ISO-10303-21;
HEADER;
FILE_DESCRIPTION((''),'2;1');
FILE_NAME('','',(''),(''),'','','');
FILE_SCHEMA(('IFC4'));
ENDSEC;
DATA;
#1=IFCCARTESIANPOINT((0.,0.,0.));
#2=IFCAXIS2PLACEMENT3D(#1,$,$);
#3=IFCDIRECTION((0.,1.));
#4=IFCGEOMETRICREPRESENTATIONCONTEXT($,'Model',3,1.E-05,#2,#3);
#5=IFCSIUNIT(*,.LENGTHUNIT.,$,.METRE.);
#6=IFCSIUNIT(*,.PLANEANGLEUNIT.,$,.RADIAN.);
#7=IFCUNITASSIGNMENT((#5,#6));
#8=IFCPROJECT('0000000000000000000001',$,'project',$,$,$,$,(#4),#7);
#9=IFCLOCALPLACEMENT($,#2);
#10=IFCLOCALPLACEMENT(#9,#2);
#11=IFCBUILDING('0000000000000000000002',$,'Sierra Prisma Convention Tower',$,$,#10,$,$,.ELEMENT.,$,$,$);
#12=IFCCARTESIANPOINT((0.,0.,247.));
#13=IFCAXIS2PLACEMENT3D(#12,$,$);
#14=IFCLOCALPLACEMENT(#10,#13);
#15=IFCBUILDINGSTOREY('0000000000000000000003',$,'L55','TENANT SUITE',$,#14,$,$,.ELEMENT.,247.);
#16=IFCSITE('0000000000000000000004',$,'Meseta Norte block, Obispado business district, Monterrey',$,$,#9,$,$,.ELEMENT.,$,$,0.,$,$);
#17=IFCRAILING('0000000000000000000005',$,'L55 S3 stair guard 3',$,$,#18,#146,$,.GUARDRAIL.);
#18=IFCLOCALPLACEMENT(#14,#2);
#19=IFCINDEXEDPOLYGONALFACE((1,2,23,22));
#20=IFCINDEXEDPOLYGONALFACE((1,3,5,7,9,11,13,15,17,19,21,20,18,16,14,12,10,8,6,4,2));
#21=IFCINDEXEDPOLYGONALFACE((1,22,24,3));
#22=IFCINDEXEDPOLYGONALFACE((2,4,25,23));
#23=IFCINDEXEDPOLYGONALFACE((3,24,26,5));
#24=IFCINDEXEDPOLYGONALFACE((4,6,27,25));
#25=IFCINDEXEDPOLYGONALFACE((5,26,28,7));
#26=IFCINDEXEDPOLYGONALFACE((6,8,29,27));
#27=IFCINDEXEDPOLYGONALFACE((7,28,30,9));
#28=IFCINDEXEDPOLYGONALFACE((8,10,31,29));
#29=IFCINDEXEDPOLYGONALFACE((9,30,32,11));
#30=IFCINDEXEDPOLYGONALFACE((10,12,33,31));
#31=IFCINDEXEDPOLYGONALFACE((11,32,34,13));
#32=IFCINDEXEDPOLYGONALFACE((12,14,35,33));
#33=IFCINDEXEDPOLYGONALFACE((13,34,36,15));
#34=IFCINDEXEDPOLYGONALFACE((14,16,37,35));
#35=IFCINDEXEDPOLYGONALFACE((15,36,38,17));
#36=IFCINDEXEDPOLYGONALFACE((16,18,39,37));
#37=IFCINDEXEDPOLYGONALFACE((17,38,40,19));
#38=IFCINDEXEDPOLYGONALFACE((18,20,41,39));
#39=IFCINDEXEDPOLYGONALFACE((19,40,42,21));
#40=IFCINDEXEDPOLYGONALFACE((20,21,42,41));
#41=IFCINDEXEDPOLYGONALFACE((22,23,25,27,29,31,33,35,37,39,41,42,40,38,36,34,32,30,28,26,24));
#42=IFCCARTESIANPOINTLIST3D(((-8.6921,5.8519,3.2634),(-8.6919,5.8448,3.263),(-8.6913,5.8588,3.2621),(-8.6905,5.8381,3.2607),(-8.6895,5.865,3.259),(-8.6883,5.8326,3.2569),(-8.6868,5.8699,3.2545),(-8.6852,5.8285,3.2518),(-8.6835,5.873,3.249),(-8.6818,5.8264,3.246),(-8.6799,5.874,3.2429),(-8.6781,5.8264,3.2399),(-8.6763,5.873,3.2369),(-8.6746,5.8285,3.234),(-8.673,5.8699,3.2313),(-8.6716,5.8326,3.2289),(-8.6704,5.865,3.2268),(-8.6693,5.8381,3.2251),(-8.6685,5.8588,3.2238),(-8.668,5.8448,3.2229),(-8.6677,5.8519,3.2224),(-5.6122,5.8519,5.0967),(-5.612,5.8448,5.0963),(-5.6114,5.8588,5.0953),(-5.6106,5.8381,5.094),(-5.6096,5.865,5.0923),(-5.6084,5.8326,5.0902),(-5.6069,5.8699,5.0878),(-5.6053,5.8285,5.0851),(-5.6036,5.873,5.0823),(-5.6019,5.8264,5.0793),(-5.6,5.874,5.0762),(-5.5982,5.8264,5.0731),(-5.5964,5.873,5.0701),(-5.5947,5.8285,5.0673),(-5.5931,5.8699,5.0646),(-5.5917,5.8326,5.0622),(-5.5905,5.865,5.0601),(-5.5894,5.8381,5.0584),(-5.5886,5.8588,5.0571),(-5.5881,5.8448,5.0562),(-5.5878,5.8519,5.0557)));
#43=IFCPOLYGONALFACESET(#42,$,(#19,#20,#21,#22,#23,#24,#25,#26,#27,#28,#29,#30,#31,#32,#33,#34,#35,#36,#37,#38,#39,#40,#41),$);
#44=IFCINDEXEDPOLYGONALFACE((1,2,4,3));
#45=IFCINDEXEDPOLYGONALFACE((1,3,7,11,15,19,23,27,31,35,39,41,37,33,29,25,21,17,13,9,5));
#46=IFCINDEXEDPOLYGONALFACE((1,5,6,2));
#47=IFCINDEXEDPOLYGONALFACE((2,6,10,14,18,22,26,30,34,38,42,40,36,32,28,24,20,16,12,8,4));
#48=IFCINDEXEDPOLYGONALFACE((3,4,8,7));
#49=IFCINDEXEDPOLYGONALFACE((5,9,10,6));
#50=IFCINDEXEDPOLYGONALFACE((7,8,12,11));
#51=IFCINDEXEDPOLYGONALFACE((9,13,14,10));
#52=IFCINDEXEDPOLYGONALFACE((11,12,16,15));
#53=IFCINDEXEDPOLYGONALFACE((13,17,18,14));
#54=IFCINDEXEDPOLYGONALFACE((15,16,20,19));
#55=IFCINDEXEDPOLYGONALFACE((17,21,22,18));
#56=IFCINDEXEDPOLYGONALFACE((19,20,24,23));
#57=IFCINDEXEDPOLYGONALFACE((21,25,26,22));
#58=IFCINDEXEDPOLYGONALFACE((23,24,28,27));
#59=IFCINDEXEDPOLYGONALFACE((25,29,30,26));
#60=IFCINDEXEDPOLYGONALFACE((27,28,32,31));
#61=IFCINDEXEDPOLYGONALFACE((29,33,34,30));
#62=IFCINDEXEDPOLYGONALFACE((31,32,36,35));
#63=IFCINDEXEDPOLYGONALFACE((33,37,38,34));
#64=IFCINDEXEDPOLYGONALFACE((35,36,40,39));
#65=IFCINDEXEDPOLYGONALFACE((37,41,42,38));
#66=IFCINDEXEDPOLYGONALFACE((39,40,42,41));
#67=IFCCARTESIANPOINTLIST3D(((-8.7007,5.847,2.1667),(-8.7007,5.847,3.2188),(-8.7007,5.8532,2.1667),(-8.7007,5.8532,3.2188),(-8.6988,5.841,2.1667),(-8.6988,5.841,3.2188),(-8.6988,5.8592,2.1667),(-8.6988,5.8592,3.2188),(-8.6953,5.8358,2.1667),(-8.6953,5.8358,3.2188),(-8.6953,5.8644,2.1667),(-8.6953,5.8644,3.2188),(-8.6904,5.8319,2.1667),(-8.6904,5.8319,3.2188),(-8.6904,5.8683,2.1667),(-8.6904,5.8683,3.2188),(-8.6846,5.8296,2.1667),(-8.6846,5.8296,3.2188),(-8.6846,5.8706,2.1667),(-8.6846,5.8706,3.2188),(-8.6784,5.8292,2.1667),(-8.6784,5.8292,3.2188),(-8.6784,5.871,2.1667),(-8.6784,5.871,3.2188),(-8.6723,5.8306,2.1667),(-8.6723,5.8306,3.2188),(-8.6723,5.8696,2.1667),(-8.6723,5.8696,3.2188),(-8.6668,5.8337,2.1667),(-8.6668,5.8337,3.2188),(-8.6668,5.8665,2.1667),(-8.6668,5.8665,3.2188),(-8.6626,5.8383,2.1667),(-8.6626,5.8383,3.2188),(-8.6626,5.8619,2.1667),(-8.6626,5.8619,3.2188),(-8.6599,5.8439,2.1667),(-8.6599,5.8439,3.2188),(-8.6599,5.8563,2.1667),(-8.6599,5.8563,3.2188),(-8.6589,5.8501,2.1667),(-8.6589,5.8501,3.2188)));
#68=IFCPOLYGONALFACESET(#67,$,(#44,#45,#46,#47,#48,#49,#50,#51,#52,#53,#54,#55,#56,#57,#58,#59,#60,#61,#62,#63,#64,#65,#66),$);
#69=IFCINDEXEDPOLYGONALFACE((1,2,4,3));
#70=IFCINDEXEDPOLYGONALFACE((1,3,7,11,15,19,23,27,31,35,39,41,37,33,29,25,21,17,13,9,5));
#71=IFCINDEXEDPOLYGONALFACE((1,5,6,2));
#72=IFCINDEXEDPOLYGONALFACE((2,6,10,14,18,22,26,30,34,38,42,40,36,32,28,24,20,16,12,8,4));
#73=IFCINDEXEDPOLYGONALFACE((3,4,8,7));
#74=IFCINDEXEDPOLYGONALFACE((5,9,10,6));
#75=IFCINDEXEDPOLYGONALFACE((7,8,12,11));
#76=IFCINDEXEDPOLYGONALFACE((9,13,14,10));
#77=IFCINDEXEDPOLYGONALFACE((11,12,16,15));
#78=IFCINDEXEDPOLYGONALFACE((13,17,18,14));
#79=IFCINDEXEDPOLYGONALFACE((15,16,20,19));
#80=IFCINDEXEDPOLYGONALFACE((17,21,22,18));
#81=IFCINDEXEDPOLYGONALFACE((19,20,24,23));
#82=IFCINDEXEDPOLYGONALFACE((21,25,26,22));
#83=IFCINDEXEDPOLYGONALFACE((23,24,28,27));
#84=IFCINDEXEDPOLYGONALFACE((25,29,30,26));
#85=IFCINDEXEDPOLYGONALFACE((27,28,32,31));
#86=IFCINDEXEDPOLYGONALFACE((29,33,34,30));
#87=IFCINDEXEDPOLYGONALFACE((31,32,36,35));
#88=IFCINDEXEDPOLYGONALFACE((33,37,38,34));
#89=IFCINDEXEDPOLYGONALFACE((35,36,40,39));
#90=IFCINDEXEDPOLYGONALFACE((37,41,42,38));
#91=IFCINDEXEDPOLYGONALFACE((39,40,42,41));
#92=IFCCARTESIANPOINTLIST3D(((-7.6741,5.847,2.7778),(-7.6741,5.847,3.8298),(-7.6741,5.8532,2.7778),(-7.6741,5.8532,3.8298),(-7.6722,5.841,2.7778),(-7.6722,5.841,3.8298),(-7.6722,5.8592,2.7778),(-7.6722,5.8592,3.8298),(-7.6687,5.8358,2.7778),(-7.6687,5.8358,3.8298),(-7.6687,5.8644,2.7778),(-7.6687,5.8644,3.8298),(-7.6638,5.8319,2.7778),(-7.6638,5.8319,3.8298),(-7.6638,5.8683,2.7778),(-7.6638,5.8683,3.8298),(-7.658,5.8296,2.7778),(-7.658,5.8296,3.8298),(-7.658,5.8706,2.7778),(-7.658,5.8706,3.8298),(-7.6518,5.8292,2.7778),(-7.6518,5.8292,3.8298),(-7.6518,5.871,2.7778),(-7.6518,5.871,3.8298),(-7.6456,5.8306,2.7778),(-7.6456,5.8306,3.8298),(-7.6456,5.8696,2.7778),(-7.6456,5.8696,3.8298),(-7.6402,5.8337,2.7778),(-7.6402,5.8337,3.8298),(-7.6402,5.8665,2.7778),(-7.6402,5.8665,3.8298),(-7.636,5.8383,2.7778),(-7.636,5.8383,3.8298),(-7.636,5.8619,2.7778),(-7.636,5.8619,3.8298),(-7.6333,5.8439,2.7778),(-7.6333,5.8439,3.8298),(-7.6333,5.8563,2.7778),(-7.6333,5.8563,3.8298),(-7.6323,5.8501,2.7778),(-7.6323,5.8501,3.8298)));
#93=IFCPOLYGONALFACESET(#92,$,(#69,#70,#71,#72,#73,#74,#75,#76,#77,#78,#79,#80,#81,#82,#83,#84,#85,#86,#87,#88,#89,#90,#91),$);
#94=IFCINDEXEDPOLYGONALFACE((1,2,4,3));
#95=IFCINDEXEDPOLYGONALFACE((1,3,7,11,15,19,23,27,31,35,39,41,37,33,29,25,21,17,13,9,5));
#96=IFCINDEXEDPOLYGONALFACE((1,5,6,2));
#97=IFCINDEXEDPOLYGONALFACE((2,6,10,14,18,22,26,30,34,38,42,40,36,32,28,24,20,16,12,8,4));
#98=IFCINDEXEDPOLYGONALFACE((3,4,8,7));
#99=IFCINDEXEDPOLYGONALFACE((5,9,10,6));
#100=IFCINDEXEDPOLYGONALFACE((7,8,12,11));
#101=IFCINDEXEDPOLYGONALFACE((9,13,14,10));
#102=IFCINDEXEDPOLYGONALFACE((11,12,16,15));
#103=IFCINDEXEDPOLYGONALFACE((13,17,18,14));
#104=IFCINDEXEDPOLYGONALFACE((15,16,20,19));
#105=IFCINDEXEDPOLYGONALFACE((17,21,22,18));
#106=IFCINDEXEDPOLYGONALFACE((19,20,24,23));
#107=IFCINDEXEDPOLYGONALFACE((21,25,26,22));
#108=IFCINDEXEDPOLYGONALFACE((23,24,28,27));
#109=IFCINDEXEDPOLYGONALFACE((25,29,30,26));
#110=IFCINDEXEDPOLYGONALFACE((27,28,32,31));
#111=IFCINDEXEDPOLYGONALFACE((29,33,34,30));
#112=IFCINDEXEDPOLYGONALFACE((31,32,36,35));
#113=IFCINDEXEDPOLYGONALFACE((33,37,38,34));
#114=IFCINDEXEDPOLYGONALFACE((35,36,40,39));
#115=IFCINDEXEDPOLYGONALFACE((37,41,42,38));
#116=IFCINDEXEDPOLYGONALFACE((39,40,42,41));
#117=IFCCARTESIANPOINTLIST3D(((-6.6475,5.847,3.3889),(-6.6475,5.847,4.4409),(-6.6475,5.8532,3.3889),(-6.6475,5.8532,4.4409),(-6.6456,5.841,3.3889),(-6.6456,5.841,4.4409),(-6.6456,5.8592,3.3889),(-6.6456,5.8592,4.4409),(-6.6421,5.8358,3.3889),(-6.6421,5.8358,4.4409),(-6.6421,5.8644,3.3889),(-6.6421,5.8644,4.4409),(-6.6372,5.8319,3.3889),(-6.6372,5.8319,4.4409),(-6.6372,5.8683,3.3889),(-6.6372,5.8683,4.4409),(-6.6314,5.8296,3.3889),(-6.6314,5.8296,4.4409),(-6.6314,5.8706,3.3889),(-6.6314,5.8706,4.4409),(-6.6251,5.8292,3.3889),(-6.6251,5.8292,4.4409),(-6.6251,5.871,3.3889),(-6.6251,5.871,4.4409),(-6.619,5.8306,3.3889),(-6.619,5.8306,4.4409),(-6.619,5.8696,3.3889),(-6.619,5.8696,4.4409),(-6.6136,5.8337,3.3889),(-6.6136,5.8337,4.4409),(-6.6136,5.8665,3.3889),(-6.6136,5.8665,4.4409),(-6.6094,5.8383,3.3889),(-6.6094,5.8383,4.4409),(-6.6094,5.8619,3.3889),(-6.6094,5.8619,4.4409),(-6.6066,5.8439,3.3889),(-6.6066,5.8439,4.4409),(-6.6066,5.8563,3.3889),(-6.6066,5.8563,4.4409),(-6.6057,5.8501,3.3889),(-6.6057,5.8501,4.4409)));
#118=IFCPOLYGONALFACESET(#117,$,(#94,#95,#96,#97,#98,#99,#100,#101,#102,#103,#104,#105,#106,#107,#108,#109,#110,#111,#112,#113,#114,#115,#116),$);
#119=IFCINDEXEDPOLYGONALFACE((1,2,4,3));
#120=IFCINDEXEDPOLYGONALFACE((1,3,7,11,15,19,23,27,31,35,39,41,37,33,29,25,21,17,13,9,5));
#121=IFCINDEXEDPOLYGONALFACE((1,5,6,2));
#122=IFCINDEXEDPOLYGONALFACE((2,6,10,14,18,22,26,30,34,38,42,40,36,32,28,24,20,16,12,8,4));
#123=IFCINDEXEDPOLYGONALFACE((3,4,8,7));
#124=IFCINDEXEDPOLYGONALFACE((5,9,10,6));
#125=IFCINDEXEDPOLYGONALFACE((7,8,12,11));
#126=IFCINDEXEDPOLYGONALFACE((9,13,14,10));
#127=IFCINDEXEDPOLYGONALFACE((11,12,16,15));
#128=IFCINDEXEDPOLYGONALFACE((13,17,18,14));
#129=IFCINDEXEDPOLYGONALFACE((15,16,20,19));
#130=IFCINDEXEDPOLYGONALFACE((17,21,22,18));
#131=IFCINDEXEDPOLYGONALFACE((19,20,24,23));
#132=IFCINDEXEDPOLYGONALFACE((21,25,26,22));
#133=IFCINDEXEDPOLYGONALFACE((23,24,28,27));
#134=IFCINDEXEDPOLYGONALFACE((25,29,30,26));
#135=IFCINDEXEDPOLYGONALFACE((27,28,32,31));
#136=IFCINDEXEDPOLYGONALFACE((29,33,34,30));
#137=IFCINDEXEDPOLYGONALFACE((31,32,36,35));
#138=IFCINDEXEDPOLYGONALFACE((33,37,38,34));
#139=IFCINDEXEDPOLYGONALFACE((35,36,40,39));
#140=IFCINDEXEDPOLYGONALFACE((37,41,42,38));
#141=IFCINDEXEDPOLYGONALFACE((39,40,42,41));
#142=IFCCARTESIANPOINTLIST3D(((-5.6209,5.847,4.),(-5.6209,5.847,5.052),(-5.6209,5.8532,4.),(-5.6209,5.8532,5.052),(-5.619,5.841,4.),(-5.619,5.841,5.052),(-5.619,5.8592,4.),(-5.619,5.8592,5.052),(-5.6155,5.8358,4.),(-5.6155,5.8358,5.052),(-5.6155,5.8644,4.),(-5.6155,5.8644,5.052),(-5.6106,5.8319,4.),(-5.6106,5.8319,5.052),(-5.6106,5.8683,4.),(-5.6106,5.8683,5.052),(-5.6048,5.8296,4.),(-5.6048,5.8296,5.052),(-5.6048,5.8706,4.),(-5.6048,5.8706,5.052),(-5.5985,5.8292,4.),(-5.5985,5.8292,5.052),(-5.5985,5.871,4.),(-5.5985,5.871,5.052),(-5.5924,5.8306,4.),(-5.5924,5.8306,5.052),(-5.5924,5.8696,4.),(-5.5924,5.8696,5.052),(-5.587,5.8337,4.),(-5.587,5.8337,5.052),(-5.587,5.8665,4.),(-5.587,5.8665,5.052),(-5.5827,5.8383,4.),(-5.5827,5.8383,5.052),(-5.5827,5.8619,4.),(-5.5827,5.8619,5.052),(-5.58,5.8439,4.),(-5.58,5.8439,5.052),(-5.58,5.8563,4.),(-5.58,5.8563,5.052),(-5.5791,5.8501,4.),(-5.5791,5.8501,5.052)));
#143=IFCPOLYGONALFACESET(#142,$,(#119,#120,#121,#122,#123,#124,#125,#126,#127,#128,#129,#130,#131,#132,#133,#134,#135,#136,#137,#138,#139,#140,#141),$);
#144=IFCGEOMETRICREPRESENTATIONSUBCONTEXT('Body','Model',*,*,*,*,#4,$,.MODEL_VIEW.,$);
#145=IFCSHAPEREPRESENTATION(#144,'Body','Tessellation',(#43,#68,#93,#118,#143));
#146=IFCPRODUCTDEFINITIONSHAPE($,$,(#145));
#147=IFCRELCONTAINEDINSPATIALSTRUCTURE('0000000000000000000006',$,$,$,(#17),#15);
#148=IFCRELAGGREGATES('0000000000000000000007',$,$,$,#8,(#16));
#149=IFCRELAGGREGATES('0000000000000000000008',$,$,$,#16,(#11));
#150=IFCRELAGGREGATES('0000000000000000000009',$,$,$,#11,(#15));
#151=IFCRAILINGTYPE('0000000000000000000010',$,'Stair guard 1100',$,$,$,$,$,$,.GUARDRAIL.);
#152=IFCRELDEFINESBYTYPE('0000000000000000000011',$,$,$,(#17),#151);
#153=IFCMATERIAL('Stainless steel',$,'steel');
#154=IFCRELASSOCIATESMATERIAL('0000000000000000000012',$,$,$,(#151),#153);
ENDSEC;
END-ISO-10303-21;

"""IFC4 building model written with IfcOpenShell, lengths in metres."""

from ifc_helpers import new_model, si_unit, direction, frame, origin, origin_2d, place, context, subcontext, project, spatial, circle, extrude, material, type_object, element, save


model = new_model("IFC4")

# Units and contexts
model_context = context("Model", 3, precision=1e-05, world=origin(), true_north=direction((0.0, 1.0)))
body_context = subcontext(model_context, "Body", "Model", "MODEL_VIEW")
ifc_project = project(units=[si_unit("LENGTHUNIT", "METRE"), si_unit("PLANEANGLEUNIT", "RADIAN")], contexts=[model_context])

# Site, building, storey
site_placement = place(None, origin())
site = spatial("IfcSite", under=ifc_project, at=site_placement, Name="Meseta Norte block, Obispado business district, Monterrey", CompositionType="ELEMENT", RefElevation=0.0)
building_placement = place(site_placement, origin())
building = spatial("IfcBuilding", under=site, at=building_placement, Name="Sierra Prisma Convention Tower", CompositionType="ELEMENT")
storey_placement = place(building_placement, frame((0.0, 0.0, 247.0)))
storey = spatial("IfcBuildingStorey", under=building, at=storey_placement, Name="L55", Description="TENANT SUITE", CompositionType="ELEMENT", Elevation=247.0)

# Railing
ifc_material_1 = material(Name="Stainless steel", Category="steel")
railing_type_1 = type_object("IfcRailingType", Name="Stair guard 1100", PredefinedType="GUARDRAIL", material=ifc_material_1)
railing_1_placement = place(storey_placement, frame((-8.6799, 5.8501, 2.1667)))
element("IfcRailing", 1, at=railing_1_placement, inside=storey, type_object=railing_type_1, Name="L55 S3 stair guard 3", PredefinedType="GUARDRAIL", context=body_context, shape_type="SweptSolid", body=[
    extrude(circle(Radius=0.0239, at=origin_2d()), frame((0.0, 0.0, 1.0762), z_axis=(0.859291, 0.0, 0.511487), x_axis=(0.0, 1.0, 0.0)), (0.0, 0.0, 1.0), 3.5842),
    extrude(circle(Radius=0.021, at=origin_2d()), origin(), (0.0, 0.0, 1.0), 1.052),
    extrude(circle(Radius=0.021, at=origin_2d()), frame((1.0266, 0.0, 0.6111)), (0.0, 0.0, 1.0), 1.052),
    extrude(circle(Radius=0.021, at=origin_2d()), frame((2.0532, 0.0, 1.2222)), (0.0, 0.0, 1.0), 1.052),
    extrude(circle(Radius=0.021, at=origin_2d()), frame((3.0798, 0.0, 1.8333)), (0.0, 0.0, 1.0), 1.052),
])

save(model, "model.ifc")
